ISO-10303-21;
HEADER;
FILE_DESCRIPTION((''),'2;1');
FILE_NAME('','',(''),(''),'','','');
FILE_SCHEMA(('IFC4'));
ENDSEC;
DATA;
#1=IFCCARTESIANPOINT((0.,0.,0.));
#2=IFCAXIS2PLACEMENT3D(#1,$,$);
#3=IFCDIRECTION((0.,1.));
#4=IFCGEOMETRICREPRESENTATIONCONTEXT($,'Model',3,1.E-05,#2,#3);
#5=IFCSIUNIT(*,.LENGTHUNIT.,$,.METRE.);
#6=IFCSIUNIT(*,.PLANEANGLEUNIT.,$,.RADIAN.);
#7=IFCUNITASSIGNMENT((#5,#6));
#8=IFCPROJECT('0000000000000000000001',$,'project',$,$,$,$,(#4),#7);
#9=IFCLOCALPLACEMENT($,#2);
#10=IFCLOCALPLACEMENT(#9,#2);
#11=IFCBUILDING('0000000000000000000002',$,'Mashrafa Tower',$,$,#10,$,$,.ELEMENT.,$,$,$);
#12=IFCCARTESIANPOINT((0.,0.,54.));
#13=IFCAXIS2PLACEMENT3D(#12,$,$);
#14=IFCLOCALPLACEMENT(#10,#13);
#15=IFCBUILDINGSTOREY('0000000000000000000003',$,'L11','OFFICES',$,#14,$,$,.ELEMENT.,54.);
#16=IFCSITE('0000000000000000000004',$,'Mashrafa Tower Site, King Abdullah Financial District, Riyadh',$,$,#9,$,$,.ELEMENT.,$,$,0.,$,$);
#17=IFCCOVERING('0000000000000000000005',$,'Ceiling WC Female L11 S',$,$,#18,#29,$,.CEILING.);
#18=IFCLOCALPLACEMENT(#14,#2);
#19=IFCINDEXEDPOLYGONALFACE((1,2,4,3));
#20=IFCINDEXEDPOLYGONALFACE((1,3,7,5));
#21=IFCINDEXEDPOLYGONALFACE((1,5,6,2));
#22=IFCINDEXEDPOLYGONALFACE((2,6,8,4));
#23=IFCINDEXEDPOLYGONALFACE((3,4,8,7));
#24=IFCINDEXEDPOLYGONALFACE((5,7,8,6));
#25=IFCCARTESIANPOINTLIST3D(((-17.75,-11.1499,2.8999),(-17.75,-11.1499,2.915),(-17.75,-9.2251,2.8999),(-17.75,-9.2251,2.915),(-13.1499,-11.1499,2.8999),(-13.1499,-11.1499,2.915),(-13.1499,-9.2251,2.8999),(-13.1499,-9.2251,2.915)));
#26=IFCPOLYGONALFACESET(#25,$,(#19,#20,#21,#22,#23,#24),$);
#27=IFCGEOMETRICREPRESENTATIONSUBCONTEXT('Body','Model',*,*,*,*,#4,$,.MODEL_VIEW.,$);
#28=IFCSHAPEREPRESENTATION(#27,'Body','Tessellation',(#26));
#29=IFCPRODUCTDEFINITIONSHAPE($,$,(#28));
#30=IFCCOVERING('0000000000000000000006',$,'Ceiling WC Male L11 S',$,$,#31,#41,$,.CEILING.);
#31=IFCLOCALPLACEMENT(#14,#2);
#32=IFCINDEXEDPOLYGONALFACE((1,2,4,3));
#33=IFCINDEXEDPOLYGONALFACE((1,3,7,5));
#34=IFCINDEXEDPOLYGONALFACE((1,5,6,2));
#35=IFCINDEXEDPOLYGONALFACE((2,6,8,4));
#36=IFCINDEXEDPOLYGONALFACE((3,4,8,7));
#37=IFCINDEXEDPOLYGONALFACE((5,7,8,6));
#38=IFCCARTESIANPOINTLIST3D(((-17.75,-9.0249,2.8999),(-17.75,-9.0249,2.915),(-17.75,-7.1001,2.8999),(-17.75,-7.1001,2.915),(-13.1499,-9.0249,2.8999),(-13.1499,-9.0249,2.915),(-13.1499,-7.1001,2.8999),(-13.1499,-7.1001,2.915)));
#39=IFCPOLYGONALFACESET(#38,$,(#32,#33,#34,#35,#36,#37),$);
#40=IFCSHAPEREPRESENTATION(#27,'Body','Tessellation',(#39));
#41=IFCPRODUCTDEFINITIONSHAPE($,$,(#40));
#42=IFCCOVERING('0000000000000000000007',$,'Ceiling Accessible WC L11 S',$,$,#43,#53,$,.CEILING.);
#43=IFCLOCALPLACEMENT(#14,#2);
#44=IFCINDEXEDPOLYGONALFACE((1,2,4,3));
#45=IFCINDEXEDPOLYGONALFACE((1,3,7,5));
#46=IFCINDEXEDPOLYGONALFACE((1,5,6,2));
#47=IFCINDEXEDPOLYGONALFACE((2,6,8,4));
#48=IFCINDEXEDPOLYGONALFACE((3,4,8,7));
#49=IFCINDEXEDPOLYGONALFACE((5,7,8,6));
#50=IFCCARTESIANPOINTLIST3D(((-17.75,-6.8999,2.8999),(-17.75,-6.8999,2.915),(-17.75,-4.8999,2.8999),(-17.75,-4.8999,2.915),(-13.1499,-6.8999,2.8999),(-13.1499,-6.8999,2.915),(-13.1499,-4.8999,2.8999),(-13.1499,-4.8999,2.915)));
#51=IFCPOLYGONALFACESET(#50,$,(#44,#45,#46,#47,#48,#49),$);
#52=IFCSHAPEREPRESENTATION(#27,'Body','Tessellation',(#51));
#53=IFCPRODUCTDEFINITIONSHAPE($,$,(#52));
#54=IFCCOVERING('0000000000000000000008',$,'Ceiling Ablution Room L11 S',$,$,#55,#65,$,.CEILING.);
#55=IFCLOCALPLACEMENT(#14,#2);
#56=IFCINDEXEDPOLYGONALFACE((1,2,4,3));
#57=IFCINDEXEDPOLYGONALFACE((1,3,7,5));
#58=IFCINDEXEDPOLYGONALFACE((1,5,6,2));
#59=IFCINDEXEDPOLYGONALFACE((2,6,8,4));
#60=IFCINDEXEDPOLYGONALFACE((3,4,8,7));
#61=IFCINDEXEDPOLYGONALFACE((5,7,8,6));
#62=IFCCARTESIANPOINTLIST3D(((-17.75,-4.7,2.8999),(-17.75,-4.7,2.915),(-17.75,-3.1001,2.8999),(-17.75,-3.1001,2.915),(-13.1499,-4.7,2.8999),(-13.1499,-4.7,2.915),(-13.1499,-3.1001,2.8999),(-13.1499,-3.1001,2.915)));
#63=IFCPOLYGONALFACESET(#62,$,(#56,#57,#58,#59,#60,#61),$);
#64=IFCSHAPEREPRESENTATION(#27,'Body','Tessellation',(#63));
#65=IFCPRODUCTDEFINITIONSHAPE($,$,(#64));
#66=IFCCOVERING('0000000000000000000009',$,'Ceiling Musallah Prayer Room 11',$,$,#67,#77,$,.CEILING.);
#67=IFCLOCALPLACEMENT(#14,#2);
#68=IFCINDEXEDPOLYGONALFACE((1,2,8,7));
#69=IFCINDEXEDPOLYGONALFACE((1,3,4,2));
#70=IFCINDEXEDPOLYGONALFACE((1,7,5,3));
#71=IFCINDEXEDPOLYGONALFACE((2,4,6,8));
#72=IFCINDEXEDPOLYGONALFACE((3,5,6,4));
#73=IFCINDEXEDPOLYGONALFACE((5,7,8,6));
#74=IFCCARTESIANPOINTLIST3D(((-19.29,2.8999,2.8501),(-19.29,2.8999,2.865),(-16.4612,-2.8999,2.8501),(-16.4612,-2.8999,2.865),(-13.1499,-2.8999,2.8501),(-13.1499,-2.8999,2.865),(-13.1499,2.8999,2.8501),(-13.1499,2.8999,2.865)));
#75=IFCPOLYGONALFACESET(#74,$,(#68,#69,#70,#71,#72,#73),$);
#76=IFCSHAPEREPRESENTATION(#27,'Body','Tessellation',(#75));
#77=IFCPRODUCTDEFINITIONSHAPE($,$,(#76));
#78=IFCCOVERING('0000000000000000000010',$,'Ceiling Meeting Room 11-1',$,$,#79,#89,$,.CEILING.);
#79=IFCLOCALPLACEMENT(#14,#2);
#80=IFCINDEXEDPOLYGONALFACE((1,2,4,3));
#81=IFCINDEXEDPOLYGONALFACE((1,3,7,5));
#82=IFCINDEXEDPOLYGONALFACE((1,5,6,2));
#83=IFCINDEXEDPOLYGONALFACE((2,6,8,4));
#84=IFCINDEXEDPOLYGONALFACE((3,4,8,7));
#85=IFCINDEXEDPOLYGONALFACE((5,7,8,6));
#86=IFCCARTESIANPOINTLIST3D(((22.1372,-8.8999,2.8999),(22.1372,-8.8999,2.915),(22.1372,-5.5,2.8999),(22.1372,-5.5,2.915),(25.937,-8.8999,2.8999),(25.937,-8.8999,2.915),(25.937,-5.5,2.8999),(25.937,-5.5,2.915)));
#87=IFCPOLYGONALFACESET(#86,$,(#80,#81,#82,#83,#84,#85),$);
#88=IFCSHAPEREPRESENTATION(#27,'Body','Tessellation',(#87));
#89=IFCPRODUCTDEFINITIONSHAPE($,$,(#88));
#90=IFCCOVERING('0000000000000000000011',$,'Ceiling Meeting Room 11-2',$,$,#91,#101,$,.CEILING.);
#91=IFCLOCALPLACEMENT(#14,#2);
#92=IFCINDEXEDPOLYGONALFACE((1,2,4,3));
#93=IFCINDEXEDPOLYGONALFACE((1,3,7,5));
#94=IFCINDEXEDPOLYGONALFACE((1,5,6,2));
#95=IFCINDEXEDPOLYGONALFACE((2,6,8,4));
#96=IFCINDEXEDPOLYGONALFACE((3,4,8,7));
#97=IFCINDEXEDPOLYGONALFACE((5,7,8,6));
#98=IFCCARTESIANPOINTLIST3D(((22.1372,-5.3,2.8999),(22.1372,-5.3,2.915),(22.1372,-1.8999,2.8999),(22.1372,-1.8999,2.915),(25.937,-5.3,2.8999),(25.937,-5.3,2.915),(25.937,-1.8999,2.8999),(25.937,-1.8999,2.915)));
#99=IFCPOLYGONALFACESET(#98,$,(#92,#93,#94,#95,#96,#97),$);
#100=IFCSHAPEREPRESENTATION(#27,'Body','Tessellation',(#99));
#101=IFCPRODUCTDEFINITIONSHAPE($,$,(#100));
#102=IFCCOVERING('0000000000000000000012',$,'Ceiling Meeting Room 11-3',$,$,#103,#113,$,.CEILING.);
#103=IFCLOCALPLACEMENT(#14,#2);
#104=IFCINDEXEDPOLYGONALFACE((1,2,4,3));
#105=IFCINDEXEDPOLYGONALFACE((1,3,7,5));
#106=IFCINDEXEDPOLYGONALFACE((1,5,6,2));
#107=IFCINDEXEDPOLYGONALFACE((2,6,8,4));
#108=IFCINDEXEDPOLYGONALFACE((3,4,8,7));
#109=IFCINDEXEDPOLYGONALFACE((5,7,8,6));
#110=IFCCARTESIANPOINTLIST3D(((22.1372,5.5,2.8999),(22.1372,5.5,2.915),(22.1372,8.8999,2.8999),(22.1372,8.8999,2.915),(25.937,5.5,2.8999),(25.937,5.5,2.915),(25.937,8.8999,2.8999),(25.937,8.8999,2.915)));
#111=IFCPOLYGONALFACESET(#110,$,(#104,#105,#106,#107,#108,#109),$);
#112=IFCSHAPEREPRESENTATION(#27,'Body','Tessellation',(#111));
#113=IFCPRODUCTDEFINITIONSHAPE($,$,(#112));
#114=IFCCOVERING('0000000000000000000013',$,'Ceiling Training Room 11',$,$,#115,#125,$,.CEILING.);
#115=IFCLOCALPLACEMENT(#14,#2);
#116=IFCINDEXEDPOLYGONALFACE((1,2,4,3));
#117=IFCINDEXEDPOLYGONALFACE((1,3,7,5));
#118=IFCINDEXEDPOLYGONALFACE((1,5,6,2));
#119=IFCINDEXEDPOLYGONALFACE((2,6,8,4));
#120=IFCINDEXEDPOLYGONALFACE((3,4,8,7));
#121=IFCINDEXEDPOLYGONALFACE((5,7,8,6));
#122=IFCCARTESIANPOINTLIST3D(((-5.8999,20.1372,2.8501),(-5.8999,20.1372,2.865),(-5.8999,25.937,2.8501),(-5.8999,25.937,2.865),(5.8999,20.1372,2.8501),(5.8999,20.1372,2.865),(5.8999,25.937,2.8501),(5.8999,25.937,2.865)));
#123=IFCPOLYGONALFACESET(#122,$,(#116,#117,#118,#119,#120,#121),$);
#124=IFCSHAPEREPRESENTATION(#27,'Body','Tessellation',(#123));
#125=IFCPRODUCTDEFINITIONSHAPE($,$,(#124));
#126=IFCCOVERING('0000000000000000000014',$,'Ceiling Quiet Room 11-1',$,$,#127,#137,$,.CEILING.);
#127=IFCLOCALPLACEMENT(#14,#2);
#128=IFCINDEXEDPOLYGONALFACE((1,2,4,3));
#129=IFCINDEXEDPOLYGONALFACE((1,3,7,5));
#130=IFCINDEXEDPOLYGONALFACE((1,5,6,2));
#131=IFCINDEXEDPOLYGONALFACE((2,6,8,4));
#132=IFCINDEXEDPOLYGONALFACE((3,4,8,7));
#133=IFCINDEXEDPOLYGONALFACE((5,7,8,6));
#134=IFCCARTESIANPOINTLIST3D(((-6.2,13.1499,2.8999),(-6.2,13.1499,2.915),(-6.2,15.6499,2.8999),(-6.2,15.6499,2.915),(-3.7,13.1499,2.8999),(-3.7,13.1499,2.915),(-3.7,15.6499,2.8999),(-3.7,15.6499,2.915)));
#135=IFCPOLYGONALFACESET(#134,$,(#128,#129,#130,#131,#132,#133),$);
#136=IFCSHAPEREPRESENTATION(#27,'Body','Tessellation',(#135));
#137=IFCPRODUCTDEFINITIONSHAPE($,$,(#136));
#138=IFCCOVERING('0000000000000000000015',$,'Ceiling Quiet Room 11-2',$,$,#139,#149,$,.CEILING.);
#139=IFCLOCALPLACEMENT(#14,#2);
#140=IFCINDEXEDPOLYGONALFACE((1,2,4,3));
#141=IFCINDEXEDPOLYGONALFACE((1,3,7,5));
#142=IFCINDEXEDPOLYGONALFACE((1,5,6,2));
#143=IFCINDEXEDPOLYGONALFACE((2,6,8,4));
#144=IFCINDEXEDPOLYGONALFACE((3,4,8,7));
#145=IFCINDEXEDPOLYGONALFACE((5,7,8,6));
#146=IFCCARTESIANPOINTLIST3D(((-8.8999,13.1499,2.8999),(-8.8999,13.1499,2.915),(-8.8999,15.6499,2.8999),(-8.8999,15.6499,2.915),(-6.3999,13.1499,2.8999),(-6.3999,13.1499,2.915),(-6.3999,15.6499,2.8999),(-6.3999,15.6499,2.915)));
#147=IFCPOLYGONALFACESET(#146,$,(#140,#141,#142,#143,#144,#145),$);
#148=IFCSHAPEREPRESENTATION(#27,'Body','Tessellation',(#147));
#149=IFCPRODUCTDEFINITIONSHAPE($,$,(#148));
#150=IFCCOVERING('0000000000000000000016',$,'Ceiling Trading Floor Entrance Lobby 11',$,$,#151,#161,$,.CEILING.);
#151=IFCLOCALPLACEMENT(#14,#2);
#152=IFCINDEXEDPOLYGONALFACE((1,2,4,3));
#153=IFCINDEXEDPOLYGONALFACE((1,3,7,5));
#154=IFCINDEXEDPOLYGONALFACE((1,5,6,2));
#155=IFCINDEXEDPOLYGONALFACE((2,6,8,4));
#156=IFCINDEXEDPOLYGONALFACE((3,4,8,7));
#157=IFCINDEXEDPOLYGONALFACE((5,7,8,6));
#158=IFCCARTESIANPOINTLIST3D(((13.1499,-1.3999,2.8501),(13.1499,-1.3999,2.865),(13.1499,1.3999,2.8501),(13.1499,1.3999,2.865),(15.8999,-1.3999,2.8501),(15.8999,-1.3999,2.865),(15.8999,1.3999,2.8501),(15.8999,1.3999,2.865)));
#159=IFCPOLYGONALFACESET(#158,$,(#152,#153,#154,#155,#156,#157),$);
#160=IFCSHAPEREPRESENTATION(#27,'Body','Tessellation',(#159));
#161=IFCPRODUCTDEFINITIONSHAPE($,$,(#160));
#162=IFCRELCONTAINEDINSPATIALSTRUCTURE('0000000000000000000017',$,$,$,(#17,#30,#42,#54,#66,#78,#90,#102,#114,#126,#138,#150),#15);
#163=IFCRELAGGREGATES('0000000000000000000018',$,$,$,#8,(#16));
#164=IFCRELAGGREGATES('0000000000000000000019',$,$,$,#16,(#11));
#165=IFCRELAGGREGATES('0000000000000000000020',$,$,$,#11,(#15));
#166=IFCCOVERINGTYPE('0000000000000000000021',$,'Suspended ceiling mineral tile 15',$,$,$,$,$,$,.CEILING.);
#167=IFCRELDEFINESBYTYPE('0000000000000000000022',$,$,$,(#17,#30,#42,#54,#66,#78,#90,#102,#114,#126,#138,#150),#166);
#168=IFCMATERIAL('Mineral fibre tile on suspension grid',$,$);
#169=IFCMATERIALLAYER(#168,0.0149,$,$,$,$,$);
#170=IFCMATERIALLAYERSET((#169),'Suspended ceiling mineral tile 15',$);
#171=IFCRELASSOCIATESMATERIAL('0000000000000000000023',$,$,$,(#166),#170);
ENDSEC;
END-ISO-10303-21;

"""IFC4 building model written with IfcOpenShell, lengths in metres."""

from ifc_helpers import new_model, si_unit, direction, frame, origin, place, context, subcontext, project, spatial, polyline, outline, extrude, material, layer, layer_set, type_object, element, save


model = new_model("IFC4")

# Units and contexts
model_context = context("Model", 3, precision=1e-05, world=origin(), true_north=direction((0.0, 1.0)))
body_context = subcontext(model_context, "Body", "Model", "MODEL_VIEW")
ifc_project = project(units=[si_unit("LENGTHUNIT", "METRE"), si_unit("PLANEANGLEUNIT", "RADIAN")], contexts=[model_context])

# Site, building, storey
site_placement = place(None, origin())
site = spatial("IfcSite", under=ifc_project, at=site_placement, Name="Mashrafa Tower Site, King Abdullah Financial District, Riyadh", CompositionType="ELEMENT", RefElevation=0.0)
building_placement = place(site_placement, origin())
building = spatial("IfcBuilding", under=site, at=building_placement, Name="Mashrafa Tower", CompositionType="ELEMENT")
storey_placement = place(building_placement, frame((0.0, 0.0, 54.0)))
storey = spatial("IfcBuildingStorey", under=building, at=storey_placement, Name="L11", Description="OFFICES", CompositionType="ELEMENT", Elevation=54.0)

# Coverings
ifc_material_1 = material(Name="Mineral fibre tile on suspension grid")
ifc_layer_1 = layer(ifc_material_1, 0.0149)
ifc_layer_set_1 = layer_set([ifc_layer_1], Name="Suspended ceiling mineral tile 15")
covering_type = type_object("IfcCoveringType", Name="Suspended ceiling mineral tile 15", PredefinedType="CEILING", material=ifc_layer_set_1)
covering_1_placement = place(storey_placement, frame((0.0, 0.0, 2.8999)))
element("IfcCovering", 1, at=covering_1_placement, inside=storey, type_object=covering_type, Name="Ceiling WC Female L11 S", PredefinedType="CEILING", context=body_context, shape_type="SweptSolid", body=[
    extrude(outline(polyline([(-17.75, -11.1499), (-17.75, -9.2251), (-13.1499, -9.2251), (-13.1499, -11.1499), (-17.75, -11.1499)])), origin(), (0.0, 0.0, 1.0), 0.0151),
])
covering_2_placement = place(storey_placement, frame((0.0, 0.0, 2.8999)))
element("IfcCovering", 2, at=covering_2_placement, inside=storey, type_object=covering_type, Name="Ceiling WC Male L11 S", PredefinedType="CEILING", context=body_context, shape_type="SweptSolid", body=[
    extrude(outline(polyline([(-17.75, -9.0249), (-17.75, -7.1001), (-13.1499, -7.1001), (-13.1499, -9.0249), (-17.75, -9.0249)])), origin(), (0.0, 0.0, 1.0), 0.0151),
])
covering_3_placement = place(storey_placement, frame((0.0, 0.0, 2.8999)))
element("IfcCovering", 3, at=covering_3_placement, inside=storey, type_object=covering_type, Name="Ceiling Accessible WC L11 S", PredefinedType="CEILING", context=body_context, shape_type="SweptSolid", body=[
    extrude(outline(polyline([(-17.75, -6.8999), (-17.75, -4.8999), (-13.1499, -4.8999), (-13.1499, -6.8999), (-17.75, -6.8999)])), origin(), (0.0, 0.0, 1.0), 0.0151),
])
covering_4_placement = place(storey_placement, frame((0.0, 0.0, 2.8999)))
element("IfcCovering", 4, at=covering_4_placement, inside=storey, type_object=covering_type, Name="Ceiling Ablution Room L11 S", PredefinedType="CEILING", context=body_context, shape_type="SweptSolid", body=[
    extrude(outline(polyline([(-17.75, -4.7), (-17.75, -3.1001), (-13.1499, -3.1001), (-13.1499, -4.7), (-17.75, -4.7)])), origin(), (0.0, 0.0, 1.0), 0.0151),
])
covering_5_placement = place(storey_placement, frame((0.0, 0.0, 2.8501)))
element("IfcCovering", 5, at=covering_5_placement, inside=storey, type_object=covering_type, Name="Ceiling Musallah Prayer Room 11", PredefinedType="CEILING", context=body_context, shape_type="SweptSolid", body=[
    extrude(outline(polyline([(-16.4612, -2.8999), (-19.29, 2.8999), (-13.1499, 2.8999), (-13.1499, -2.8999), (-16.4612, -2.8999)])), origin(), (0.0, 0.0, 1.0), 0.0149),
])
covering_6_placement = place(storey_placement, frame((0.0, 0.0, 2.8999)))
element("IfcCovering", 6, at=covering_6_placement, inside=storey, type_object=covering_type, Name="Ceiling Meeting Room 11-1", PredefinedType="CEILING", context=body_context, shape_type="SweptSolid", body=[
    extrude(outline(polyline([(22.1372, -5.5), (25.937, -5.5), (25.937, -8.8999), (22.1372, -8.8999), (22.1372, -5.5)])), origin(), (0.0, 0.0, 1.0), 0.0151),
])
covering_7_placement = place(storey_placement, frame((0.0, 0.0, 2.8999)))
element("IfcCovering", 7, at=covering_7_placement, inside=storey, type_object=covering_type, Name="Ceiling Meeting Room 11-2", PredefinedType="CEILING", context=body_context, shape_type="SweptSolid", body=[
    extrude(outline(polyline([(22.1372, -1.8999), (25.937, -1.8999), (25.937, -5.3), (22.1372, -5.3), (22.1372, -1.8999)])), origin(), (0.0, 0.0, 1.0), 0.0151),
])
covering_8_placement = place(storey_placement, frame((0.0, 0.0, 2.8999)))
element("IfcCovering", 8, at=covering_8_placement, inside=storey, type_object=covering_type, Name="Ceiling Meeting Room 11-3", PredefinedType="CEILING", context=body_context, shape_type="SweptSolid", body=[
    extrude(outline(polyline([(22.1372, 8.8999), (25.937, 8.8999), (25.937, 5.5), (22.1372, 5.5), (22.1372, 8.8999)])), origin(), (0.0, 0.0, 1.0), 0.0151),
])
covering_9_placement = place(storey_placement, frame((0.0, 0.0, 2.8501)))
element("IfcCovering", 9, at=covering_9_placement, inside=storey, type_object=covering_type, Name="Ceiling Training Room 11", PredefinedType="CEILING", context=body_context, shape_type="SweptSolid", body=[
    extrude(outline(polyline([(-5.8999, 25.937), (5.8999, 25.937), (5.8999, 20.1372), (-5.8999, 20.1372), (-5.8999, 25.937)])), origin(), (0.0, 0.0, 1.0), 0.0149),
])
covering_10_placement = place(storey_placement, frame((0.0, 0.0, 2.8999)))
element("IfcCovering", 10, at=covering_10_placement, inside=storey, type_object=covering_type, Name="Ceiling Quiet Room 11-1", PredefinedType="CEILING", context=body_context, shape_type="SweptSolid", body=[
    extrude(outline(polyline([(-6.2, 15.6499), (-3.7, 15.6499), (-3.7, 13.1499), (-6.2, 13.1499), (-6.2, 15.6499)])), origin(), (0.0, 0.0, 1.0), 0.0151),
])
covering_11_placement = place(storey_placement, frame((0.0, 0.0, 2.8999)))
element("IfcCovering", 11, at=covering_11_placement, inside=storey, type_object=covering_type, Name="Ceiling Quiet Room 11-2", PredefinedType="CEILING", context=body_context, shape_type="SweptSolid", body=[
    extrude(outline(polyline([(-8.8999, 15.6499), (-6.3999, 15.6499), (-6.3999, 13.1499), (-8.8999, 13.1499), (-8.8999, 15.6499)])), origin(), (0.0, 0.0, 1.0), 0.0151),
])
covering_12_placement = place(storey_placement, frame((0.0, 0.0, 2.8501)))
element("IfcCovering", 12, at=covering_12_placement, inside=storey, type_object=covering_type, Name="Ceiling Trading Floor Entrance Lobby 11", PredefinedType="CEILING", context=body_context, shape_type="SweptSolid", body=[
    extrude(outline(polyline([(13.1499, 1.3999), (15.8999, 1.3999), (15.8999, -1.3999), (13.1499, -1.3999), (13.1499, 1.3999)])), origin(), (0.0, 0.0, 1.0), 0.0149),
])

save(model, "model.ifc")
